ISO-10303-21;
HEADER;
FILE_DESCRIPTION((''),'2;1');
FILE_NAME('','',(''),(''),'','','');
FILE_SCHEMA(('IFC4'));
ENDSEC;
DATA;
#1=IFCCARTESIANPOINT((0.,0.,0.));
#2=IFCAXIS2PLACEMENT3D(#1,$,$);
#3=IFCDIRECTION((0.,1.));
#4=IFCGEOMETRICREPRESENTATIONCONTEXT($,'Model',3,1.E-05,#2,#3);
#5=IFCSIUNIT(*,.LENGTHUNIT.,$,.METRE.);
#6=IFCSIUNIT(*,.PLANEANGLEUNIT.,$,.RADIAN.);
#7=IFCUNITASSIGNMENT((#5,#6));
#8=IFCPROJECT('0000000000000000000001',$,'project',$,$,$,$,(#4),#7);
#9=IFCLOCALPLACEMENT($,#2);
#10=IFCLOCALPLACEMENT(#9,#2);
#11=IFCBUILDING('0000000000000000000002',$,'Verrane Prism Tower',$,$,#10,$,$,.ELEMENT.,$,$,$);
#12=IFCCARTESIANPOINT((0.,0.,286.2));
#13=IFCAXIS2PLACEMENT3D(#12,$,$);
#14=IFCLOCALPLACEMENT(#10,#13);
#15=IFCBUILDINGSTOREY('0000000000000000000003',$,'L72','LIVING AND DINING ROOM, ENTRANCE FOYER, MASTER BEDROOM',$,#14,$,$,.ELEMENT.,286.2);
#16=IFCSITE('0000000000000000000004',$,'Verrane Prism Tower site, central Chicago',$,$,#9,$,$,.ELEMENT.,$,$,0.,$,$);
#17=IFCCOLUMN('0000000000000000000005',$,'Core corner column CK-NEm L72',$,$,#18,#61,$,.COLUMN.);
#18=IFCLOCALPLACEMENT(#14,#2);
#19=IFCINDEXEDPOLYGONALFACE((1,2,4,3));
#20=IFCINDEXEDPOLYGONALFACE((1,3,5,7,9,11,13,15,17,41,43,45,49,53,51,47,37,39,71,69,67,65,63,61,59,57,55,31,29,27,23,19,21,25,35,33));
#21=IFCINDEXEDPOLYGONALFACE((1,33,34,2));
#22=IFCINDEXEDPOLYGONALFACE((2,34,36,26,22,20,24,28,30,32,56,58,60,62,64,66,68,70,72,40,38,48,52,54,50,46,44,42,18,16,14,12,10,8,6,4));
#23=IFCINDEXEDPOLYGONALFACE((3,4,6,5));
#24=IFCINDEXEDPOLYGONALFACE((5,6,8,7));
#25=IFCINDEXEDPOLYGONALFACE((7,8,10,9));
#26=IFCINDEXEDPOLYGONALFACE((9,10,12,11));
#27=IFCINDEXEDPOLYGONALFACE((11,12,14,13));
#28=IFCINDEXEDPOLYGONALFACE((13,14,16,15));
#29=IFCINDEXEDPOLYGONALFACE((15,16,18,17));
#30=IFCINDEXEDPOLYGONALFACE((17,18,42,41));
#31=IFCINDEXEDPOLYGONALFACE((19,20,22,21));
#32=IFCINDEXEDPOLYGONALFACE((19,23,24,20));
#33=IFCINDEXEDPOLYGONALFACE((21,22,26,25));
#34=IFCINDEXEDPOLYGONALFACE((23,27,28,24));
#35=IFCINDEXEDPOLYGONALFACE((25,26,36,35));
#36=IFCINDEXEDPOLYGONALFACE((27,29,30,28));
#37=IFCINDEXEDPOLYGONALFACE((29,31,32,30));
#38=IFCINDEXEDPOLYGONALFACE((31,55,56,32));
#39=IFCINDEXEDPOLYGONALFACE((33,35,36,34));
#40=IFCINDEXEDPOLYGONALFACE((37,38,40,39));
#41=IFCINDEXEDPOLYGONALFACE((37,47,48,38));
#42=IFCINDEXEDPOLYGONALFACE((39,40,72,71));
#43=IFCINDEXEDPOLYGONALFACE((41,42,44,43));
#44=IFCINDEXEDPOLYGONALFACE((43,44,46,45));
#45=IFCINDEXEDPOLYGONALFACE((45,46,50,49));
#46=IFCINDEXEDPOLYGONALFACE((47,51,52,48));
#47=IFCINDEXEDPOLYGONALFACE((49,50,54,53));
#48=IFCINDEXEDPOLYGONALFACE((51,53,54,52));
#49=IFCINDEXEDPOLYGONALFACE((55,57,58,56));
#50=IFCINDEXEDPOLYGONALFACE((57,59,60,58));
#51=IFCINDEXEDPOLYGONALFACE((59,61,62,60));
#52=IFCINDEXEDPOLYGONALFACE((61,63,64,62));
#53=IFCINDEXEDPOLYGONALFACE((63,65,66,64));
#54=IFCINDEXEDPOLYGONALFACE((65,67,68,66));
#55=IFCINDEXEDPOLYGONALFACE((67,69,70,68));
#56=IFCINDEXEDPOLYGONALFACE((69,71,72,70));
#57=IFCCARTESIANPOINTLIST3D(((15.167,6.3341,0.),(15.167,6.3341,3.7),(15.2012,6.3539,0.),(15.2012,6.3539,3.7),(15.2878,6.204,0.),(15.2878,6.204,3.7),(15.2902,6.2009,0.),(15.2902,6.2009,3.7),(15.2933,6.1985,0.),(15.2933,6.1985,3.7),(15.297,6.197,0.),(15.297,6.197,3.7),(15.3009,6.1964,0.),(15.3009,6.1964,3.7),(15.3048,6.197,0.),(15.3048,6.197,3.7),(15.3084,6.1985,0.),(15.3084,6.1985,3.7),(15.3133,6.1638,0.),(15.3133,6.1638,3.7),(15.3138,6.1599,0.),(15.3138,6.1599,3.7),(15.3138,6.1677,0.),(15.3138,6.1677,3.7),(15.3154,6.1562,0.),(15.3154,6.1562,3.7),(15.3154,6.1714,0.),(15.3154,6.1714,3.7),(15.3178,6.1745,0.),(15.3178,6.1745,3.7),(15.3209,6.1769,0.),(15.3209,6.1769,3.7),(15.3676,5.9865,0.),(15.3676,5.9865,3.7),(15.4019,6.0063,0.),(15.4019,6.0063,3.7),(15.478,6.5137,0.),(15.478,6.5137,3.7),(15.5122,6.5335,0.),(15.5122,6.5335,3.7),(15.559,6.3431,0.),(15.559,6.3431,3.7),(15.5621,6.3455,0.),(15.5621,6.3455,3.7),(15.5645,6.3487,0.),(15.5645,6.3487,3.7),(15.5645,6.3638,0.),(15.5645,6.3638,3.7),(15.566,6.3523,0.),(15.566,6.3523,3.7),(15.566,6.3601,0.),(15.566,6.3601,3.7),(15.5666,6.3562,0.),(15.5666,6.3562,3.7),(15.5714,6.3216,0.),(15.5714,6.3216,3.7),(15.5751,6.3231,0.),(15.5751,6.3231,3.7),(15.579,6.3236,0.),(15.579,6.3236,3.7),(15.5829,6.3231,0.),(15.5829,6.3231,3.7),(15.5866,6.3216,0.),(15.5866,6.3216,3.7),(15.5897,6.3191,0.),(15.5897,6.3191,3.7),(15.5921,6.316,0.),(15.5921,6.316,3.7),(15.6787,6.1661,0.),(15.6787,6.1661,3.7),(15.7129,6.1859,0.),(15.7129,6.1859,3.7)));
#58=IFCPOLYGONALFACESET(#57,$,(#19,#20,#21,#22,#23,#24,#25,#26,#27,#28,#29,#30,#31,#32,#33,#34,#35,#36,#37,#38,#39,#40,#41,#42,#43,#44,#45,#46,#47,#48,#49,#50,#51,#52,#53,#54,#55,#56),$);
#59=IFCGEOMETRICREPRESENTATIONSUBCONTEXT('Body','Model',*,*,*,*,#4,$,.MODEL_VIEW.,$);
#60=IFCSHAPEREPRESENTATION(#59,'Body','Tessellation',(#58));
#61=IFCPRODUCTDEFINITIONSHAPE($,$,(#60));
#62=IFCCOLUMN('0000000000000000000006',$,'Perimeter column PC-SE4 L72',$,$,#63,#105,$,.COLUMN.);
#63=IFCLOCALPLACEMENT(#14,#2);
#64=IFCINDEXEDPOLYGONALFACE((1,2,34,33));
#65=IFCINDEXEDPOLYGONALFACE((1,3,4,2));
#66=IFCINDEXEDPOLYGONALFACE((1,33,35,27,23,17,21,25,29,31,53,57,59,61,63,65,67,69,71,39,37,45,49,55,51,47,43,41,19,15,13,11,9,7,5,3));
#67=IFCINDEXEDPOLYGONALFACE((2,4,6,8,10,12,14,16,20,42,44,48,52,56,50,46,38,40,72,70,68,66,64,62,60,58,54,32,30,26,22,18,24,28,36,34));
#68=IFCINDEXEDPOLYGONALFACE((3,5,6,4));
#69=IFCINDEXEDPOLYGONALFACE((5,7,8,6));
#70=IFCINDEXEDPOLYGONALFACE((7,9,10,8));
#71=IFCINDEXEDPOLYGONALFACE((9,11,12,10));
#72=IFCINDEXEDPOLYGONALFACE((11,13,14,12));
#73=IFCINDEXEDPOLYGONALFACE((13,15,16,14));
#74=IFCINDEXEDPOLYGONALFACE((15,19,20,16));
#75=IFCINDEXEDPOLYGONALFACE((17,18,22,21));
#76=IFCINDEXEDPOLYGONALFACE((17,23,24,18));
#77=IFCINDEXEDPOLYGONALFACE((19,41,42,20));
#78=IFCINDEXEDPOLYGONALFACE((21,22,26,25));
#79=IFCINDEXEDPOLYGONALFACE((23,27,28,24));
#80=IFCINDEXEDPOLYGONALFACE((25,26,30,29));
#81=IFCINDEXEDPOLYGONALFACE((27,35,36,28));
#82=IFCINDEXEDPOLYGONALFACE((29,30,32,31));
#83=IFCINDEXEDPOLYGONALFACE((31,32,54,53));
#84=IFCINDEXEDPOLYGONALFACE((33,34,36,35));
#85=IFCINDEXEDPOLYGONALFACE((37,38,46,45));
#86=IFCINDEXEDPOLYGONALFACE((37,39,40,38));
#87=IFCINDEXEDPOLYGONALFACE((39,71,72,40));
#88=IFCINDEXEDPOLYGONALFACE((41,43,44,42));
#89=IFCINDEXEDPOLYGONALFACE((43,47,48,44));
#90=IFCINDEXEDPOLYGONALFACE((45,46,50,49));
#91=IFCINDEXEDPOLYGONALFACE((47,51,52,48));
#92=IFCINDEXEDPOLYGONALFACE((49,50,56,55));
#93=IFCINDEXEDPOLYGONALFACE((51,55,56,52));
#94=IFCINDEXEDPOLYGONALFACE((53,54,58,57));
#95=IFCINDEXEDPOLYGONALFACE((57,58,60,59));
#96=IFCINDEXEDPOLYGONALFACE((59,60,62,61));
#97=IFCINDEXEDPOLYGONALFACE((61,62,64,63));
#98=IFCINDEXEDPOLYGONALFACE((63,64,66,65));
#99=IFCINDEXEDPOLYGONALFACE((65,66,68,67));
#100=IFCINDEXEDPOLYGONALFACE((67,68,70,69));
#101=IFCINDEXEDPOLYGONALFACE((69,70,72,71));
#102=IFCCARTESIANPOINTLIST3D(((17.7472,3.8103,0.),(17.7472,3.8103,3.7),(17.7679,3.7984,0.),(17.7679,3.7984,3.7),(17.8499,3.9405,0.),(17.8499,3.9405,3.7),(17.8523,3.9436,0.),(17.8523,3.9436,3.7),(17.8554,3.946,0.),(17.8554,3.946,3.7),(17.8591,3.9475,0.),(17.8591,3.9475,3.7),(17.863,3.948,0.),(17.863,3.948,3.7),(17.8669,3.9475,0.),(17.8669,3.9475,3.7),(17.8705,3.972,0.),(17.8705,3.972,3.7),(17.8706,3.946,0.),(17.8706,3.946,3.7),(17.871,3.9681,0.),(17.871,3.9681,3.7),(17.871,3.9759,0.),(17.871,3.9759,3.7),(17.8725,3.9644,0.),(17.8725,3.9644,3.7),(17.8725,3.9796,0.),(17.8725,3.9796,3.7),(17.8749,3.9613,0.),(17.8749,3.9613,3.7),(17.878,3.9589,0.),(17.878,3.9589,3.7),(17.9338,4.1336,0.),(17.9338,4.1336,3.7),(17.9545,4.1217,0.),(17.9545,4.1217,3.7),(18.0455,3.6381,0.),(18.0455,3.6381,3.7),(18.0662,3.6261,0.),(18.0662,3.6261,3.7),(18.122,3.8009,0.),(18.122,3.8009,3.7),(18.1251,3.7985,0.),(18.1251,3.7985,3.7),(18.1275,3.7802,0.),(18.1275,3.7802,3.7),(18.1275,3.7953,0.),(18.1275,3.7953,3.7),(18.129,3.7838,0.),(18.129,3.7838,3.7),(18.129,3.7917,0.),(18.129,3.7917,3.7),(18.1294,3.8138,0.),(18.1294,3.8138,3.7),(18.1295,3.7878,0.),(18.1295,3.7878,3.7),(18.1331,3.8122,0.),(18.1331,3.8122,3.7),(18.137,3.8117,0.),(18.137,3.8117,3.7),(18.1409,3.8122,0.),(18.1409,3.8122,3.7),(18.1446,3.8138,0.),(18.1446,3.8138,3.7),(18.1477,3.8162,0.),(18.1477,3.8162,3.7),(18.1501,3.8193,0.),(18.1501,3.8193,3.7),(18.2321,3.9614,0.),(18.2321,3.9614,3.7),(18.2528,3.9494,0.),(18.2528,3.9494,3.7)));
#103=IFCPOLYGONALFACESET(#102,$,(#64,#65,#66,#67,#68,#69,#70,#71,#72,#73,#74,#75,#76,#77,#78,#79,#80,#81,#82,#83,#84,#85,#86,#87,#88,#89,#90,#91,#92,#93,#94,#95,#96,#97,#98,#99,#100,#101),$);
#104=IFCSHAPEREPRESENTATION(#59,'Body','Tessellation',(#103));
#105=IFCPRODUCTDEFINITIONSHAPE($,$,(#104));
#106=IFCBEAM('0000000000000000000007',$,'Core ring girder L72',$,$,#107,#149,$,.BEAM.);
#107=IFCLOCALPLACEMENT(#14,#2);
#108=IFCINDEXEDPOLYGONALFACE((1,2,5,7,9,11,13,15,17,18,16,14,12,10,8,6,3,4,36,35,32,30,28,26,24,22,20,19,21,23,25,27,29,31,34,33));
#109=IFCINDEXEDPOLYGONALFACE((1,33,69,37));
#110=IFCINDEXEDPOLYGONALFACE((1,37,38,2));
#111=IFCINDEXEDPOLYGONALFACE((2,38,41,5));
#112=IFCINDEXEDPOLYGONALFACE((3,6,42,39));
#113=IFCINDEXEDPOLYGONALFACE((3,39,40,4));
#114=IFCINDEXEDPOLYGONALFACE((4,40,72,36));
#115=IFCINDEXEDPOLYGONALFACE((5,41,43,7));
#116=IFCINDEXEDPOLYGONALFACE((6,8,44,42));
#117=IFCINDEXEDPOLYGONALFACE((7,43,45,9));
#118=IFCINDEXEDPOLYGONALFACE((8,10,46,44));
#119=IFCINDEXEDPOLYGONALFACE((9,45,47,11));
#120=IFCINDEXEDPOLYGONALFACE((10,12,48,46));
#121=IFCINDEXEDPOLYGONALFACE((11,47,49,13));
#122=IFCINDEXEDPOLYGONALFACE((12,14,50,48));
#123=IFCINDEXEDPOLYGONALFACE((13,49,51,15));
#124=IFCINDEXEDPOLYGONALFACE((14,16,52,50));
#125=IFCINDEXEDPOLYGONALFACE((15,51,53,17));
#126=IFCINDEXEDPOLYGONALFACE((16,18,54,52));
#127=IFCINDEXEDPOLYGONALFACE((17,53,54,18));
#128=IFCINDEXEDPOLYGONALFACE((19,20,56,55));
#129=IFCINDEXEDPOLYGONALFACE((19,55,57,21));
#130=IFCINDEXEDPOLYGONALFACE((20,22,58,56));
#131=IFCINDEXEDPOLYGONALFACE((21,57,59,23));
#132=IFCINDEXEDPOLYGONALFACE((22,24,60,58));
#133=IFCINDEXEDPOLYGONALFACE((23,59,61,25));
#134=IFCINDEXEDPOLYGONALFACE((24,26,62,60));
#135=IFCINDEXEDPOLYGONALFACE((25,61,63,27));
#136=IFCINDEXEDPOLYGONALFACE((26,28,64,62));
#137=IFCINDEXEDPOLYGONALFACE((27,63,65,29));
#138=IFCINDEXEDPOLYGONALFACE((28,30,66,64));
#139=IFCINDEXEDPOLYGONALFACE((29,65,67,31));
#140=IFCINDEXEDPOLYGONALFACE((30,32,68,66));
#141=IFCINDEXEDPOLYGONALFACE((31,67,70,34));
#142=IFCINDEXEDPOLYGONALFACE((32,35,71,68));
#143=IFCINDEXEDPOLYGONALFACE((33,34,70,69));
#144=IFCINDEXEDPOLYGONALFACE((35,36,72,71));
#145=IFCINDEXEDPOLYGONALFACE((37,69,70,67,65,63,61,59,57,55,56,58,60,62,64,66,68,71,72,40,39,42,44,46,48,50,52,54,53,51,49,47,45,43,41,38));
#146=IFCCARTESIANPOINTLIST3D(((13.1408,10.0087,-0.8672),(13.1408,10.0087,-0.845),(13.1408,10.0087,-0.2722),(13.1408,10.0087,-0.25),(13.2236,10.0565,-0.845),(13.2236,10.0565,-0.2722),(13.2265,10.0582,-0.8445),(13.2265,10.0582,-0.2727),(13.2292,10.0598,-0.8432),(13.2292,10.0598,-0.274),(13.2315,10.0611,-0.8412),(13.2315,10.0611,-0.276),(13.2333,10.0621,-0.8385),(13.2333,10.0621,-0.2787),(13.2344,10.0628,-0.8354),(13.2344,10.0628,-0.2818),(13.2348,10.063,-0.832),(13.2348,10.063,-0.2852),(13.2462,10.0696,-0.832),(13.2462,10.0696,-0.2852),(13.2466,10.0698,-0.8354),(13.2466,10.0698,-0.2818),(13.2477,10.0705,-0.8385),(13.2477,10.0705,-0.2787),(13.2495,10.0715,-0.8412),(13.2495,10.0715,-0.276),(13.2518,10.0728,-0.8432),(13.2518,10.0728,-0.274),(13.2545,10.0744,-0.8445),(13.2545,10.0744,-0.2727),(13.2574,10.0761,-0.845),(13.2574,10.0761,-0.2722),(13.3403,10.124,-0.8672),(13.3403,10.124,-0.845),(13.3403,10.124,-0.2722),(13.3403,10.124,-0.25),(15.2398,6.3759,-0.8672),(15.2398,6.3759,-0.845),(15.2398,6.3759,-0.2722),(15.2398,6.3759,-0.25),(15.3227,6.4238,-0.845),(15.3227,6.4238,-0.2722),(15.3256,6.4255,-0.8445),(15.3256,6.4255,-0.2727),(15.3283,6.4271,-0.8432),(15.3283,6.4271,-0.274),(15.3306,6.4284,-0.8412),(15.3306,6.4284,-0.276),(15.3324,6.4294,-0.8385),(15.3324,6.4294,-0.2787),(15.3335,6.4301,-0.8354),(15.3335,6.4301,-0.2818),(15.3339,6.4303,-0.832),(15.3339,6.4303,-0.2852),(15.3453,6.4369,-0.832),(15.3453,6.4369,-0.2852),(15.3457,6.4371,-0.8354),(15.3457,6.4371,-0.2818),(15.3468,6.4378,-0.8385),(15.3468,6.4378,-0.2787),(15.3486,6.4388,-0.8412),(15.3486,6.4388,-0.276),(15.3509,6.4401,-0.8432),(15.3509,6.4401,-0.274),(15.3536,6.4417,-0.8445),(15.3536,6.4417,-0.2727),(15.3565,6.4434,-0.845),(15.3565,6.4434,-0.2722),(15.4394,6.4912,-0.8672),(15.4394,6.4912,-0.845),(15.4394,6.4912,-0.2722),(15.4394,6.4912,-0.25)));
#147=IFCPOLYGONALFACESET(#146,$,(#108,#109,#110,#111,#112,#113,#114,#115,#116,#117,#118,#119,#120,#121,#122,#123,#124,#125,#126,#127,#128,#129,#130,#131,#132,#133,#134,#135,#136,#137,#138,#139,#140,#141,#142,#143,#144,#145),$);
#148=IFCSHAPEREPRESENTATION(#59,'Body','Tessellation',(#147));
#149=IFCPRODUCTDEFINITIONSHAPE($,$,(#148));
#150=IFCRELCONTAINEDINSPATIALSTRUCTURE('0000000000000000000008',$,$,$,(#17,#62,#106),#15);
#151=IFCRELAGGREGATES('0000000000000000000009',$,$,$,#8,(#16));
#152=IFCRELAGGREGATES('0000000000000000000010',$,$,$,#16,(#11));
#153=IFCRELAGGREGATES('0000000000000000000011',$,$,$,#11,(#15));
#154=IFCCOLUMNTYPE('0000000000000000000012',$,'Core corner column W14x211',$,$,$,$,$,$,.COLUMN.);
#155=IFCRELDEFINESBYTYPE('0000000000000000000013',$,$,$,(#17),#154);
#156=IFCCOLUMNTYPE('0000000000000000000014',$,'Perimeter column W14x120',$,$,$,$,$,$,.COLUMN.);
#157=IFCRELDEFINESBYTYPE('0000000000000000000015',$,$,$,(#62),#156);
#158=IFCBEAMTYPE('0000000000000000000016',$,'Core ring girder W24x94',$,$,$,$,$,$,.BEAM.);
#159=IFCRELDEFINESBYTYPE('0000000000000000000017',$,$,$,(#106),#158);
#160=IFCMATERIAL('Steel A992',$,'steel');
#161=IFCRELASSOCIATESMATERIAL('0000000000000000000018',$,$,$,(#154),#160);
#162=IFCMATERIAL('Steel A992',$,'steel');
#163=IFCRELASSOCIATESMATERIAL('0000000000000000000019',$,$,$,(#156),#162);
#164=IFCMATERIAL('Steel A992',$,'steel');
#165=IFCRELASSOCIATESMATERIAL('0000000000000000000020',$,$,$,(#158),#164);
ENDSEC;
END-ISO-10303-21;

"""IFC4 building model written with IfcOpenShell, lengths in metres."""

from ifc_helpers import new_model, si_unit, direction, frame, origin, origin_2d, place, context, subcontext, project, spatial, i_section, extrude, material, material_profile, profile_set, type_object, element, save


model = new_model("IFC4")

# Units and contexts
model_context = context("Model", 3, precision=1e-05, world=origin(), true_north=direction((0.0, 1.0)))
body_context = subcontext(model_context, "Body", "Model", "MODEL_VIEW")
ifc_project = project(units=[si_unit("LENGTHUNIT", "METRE"), si_unit("PLANEANGLEUNIT", "RADIAN")], contexts=[model_context])

# Site, building, storey
site_placement = place(None, origin())
site = spatial("IfcSite", under=ifc_project, at=site_placement, Name="Verrane Prism Tower site, central Chicago", CompositionType="ELEMENT", RefElevation=0.0)
building_placement = place(site_placement, origin())
building = spatial("IfcBuilding", under=site, at=building_placement, Name="Verrane Prism Tower", CompositionType="ELEMENT")
storey_placement = place(building_placement, frame((0.0, 0.0, 286.2)))
storey = spatial("IfcBuildingStorey", under=building, at=storey_placement, Name="L72", Description="LIVING AND DINING ROOM, ENTRANCE FOYER, MASTER BEDROOM", CompositionType="ELEMENT", Elevation=286.2)

# Columns
ifc_material_1 = material(Name="Steel A992", Category="steel")
ifc_material_profile_1 = material_profile(ifc_material_1, i_section(OverallWidth=0.4014, OverallDepth=0.3987, WebThickness=0.0249, FlangeThickness=0.0396, FilletRadius=0.0151, at=origin_2d()), Name="W14x211")
ifc_profile_set_1 = profile_set([ifc_material_profile_1], Name="Steel A992")
column_type_1 = type_object("IfcColumnType", Name="Core corner column W14x211", PredefinedType="COLUMN", material=ifc_profile_set_1)
column_1_placement = place(storey_placement, frame((15.4399, 6.26, 0.0), z_axis=(0.0, 0.0, 1.0), x_axis=(0.5, -0.866025, 0.0)))
element("IfcColumn", 1, at=column_1_placement, inside=storey, type_object=column_type_1, Name="Core corner column CK-NEm L72", PredefinedType="COLUMN", context=body_context, shape_type="SweptSolid", body=[
    extrude(i_section(OverallWidth=0.4014, OverallDepth=0.3987, WebThickness=0.0249, FlangeThickness=0.0396, FilletRadius=0.0151, at=origin_2d()), origin(), (0.0, 0.0, 1.0), 3.7),
])
ifc_material_2 = material(Name="Steel A992", Category="steel")
ifc_material_profile_2 = material_profile(ifc_material_2, i_section(OverallWidth=0.3733, OverallDepth=0.3684, WebThickness=0.0149, FlangeThickness=0.0239, FilletRadius=0.0151, at=origin_2d()), Name="W14x120")
ifc_profile_set_2 = profile_set([ifc_material_profile_2], Name="Steel A992")
column_type_2 = type_object("IfcColumnType", Name="Perimeter column W14x120", PredefinedType="COLUMN", material=ifc_profile_set_2)
column_2_placement = place(storey_placement, frame((18.0, 3.8799, 0.0), z_axis=(0.0, 0.0, 1.0), x_axis=(-0.5, -0.866025, 0.0)))
element("IfcColumn", 2, at=column_2_placement, inside=storey, type_object=column_type_2, Name="Perimeter column PC-SE4 L72", PredefinedType="COLUMN", context=body_context, shape_type="SweptSolid", body=[
    extrude(i_section(OverallWidth=0.3733, OverallDepth=0.3684, WebThickness=0.0149, FlangeThickness=0.0239, FilletRadius=0.0151, at=origin_2d()), origin(), (0.0, 0.0, 1.0), 3.7),
])

# Beam
ifc_material_3 = material(Name="Steel A992", Category="steel")
ifc_material_profile_3 = material_profile(ifc_material_3, i_section(OverallWidth=0.2305, OverallDepth=0.6172, WebThickness=0.0132, FlangeThickness=0.0222, FilletRadius=0.0129, at=origin_2d()), Name="W24x94")
ifc_profile_set_3 = profile_set([ifc_material_profile_3], Name="Steel A992")
beam_type_1 = type_object("IfcBeamType", Name="Core ring girder W24x94", PredefinedType="BEAM", material=ifc_profile_set_3)
beam_1_placement = place(storey_placement, frame((15.3396, 6.4336, -0.5586), z_axis=(-0.500307, 0.865848, 0.0), x_axis=(-0.865848, -0.500307, 0.0)))
element("IfcBeam", 3, at=beam_1_placement, inside=storey, type_object=beam_type_1, Name="Core ring girder L72", PredefinedType="BEAM", context=body_context, shape_type="SweptSolid", body=[
    extrude(i_section(OverallWidth=0.2305, OverallDepth=0.6172, WebThickness=0.0132, FlangeThickness=0.0222, FilletRadius=0.0129, at=origin_2d()), origin(), (0.0, 0.0, 1.0), 4.1956),
])

save(model, "model.ifc")
